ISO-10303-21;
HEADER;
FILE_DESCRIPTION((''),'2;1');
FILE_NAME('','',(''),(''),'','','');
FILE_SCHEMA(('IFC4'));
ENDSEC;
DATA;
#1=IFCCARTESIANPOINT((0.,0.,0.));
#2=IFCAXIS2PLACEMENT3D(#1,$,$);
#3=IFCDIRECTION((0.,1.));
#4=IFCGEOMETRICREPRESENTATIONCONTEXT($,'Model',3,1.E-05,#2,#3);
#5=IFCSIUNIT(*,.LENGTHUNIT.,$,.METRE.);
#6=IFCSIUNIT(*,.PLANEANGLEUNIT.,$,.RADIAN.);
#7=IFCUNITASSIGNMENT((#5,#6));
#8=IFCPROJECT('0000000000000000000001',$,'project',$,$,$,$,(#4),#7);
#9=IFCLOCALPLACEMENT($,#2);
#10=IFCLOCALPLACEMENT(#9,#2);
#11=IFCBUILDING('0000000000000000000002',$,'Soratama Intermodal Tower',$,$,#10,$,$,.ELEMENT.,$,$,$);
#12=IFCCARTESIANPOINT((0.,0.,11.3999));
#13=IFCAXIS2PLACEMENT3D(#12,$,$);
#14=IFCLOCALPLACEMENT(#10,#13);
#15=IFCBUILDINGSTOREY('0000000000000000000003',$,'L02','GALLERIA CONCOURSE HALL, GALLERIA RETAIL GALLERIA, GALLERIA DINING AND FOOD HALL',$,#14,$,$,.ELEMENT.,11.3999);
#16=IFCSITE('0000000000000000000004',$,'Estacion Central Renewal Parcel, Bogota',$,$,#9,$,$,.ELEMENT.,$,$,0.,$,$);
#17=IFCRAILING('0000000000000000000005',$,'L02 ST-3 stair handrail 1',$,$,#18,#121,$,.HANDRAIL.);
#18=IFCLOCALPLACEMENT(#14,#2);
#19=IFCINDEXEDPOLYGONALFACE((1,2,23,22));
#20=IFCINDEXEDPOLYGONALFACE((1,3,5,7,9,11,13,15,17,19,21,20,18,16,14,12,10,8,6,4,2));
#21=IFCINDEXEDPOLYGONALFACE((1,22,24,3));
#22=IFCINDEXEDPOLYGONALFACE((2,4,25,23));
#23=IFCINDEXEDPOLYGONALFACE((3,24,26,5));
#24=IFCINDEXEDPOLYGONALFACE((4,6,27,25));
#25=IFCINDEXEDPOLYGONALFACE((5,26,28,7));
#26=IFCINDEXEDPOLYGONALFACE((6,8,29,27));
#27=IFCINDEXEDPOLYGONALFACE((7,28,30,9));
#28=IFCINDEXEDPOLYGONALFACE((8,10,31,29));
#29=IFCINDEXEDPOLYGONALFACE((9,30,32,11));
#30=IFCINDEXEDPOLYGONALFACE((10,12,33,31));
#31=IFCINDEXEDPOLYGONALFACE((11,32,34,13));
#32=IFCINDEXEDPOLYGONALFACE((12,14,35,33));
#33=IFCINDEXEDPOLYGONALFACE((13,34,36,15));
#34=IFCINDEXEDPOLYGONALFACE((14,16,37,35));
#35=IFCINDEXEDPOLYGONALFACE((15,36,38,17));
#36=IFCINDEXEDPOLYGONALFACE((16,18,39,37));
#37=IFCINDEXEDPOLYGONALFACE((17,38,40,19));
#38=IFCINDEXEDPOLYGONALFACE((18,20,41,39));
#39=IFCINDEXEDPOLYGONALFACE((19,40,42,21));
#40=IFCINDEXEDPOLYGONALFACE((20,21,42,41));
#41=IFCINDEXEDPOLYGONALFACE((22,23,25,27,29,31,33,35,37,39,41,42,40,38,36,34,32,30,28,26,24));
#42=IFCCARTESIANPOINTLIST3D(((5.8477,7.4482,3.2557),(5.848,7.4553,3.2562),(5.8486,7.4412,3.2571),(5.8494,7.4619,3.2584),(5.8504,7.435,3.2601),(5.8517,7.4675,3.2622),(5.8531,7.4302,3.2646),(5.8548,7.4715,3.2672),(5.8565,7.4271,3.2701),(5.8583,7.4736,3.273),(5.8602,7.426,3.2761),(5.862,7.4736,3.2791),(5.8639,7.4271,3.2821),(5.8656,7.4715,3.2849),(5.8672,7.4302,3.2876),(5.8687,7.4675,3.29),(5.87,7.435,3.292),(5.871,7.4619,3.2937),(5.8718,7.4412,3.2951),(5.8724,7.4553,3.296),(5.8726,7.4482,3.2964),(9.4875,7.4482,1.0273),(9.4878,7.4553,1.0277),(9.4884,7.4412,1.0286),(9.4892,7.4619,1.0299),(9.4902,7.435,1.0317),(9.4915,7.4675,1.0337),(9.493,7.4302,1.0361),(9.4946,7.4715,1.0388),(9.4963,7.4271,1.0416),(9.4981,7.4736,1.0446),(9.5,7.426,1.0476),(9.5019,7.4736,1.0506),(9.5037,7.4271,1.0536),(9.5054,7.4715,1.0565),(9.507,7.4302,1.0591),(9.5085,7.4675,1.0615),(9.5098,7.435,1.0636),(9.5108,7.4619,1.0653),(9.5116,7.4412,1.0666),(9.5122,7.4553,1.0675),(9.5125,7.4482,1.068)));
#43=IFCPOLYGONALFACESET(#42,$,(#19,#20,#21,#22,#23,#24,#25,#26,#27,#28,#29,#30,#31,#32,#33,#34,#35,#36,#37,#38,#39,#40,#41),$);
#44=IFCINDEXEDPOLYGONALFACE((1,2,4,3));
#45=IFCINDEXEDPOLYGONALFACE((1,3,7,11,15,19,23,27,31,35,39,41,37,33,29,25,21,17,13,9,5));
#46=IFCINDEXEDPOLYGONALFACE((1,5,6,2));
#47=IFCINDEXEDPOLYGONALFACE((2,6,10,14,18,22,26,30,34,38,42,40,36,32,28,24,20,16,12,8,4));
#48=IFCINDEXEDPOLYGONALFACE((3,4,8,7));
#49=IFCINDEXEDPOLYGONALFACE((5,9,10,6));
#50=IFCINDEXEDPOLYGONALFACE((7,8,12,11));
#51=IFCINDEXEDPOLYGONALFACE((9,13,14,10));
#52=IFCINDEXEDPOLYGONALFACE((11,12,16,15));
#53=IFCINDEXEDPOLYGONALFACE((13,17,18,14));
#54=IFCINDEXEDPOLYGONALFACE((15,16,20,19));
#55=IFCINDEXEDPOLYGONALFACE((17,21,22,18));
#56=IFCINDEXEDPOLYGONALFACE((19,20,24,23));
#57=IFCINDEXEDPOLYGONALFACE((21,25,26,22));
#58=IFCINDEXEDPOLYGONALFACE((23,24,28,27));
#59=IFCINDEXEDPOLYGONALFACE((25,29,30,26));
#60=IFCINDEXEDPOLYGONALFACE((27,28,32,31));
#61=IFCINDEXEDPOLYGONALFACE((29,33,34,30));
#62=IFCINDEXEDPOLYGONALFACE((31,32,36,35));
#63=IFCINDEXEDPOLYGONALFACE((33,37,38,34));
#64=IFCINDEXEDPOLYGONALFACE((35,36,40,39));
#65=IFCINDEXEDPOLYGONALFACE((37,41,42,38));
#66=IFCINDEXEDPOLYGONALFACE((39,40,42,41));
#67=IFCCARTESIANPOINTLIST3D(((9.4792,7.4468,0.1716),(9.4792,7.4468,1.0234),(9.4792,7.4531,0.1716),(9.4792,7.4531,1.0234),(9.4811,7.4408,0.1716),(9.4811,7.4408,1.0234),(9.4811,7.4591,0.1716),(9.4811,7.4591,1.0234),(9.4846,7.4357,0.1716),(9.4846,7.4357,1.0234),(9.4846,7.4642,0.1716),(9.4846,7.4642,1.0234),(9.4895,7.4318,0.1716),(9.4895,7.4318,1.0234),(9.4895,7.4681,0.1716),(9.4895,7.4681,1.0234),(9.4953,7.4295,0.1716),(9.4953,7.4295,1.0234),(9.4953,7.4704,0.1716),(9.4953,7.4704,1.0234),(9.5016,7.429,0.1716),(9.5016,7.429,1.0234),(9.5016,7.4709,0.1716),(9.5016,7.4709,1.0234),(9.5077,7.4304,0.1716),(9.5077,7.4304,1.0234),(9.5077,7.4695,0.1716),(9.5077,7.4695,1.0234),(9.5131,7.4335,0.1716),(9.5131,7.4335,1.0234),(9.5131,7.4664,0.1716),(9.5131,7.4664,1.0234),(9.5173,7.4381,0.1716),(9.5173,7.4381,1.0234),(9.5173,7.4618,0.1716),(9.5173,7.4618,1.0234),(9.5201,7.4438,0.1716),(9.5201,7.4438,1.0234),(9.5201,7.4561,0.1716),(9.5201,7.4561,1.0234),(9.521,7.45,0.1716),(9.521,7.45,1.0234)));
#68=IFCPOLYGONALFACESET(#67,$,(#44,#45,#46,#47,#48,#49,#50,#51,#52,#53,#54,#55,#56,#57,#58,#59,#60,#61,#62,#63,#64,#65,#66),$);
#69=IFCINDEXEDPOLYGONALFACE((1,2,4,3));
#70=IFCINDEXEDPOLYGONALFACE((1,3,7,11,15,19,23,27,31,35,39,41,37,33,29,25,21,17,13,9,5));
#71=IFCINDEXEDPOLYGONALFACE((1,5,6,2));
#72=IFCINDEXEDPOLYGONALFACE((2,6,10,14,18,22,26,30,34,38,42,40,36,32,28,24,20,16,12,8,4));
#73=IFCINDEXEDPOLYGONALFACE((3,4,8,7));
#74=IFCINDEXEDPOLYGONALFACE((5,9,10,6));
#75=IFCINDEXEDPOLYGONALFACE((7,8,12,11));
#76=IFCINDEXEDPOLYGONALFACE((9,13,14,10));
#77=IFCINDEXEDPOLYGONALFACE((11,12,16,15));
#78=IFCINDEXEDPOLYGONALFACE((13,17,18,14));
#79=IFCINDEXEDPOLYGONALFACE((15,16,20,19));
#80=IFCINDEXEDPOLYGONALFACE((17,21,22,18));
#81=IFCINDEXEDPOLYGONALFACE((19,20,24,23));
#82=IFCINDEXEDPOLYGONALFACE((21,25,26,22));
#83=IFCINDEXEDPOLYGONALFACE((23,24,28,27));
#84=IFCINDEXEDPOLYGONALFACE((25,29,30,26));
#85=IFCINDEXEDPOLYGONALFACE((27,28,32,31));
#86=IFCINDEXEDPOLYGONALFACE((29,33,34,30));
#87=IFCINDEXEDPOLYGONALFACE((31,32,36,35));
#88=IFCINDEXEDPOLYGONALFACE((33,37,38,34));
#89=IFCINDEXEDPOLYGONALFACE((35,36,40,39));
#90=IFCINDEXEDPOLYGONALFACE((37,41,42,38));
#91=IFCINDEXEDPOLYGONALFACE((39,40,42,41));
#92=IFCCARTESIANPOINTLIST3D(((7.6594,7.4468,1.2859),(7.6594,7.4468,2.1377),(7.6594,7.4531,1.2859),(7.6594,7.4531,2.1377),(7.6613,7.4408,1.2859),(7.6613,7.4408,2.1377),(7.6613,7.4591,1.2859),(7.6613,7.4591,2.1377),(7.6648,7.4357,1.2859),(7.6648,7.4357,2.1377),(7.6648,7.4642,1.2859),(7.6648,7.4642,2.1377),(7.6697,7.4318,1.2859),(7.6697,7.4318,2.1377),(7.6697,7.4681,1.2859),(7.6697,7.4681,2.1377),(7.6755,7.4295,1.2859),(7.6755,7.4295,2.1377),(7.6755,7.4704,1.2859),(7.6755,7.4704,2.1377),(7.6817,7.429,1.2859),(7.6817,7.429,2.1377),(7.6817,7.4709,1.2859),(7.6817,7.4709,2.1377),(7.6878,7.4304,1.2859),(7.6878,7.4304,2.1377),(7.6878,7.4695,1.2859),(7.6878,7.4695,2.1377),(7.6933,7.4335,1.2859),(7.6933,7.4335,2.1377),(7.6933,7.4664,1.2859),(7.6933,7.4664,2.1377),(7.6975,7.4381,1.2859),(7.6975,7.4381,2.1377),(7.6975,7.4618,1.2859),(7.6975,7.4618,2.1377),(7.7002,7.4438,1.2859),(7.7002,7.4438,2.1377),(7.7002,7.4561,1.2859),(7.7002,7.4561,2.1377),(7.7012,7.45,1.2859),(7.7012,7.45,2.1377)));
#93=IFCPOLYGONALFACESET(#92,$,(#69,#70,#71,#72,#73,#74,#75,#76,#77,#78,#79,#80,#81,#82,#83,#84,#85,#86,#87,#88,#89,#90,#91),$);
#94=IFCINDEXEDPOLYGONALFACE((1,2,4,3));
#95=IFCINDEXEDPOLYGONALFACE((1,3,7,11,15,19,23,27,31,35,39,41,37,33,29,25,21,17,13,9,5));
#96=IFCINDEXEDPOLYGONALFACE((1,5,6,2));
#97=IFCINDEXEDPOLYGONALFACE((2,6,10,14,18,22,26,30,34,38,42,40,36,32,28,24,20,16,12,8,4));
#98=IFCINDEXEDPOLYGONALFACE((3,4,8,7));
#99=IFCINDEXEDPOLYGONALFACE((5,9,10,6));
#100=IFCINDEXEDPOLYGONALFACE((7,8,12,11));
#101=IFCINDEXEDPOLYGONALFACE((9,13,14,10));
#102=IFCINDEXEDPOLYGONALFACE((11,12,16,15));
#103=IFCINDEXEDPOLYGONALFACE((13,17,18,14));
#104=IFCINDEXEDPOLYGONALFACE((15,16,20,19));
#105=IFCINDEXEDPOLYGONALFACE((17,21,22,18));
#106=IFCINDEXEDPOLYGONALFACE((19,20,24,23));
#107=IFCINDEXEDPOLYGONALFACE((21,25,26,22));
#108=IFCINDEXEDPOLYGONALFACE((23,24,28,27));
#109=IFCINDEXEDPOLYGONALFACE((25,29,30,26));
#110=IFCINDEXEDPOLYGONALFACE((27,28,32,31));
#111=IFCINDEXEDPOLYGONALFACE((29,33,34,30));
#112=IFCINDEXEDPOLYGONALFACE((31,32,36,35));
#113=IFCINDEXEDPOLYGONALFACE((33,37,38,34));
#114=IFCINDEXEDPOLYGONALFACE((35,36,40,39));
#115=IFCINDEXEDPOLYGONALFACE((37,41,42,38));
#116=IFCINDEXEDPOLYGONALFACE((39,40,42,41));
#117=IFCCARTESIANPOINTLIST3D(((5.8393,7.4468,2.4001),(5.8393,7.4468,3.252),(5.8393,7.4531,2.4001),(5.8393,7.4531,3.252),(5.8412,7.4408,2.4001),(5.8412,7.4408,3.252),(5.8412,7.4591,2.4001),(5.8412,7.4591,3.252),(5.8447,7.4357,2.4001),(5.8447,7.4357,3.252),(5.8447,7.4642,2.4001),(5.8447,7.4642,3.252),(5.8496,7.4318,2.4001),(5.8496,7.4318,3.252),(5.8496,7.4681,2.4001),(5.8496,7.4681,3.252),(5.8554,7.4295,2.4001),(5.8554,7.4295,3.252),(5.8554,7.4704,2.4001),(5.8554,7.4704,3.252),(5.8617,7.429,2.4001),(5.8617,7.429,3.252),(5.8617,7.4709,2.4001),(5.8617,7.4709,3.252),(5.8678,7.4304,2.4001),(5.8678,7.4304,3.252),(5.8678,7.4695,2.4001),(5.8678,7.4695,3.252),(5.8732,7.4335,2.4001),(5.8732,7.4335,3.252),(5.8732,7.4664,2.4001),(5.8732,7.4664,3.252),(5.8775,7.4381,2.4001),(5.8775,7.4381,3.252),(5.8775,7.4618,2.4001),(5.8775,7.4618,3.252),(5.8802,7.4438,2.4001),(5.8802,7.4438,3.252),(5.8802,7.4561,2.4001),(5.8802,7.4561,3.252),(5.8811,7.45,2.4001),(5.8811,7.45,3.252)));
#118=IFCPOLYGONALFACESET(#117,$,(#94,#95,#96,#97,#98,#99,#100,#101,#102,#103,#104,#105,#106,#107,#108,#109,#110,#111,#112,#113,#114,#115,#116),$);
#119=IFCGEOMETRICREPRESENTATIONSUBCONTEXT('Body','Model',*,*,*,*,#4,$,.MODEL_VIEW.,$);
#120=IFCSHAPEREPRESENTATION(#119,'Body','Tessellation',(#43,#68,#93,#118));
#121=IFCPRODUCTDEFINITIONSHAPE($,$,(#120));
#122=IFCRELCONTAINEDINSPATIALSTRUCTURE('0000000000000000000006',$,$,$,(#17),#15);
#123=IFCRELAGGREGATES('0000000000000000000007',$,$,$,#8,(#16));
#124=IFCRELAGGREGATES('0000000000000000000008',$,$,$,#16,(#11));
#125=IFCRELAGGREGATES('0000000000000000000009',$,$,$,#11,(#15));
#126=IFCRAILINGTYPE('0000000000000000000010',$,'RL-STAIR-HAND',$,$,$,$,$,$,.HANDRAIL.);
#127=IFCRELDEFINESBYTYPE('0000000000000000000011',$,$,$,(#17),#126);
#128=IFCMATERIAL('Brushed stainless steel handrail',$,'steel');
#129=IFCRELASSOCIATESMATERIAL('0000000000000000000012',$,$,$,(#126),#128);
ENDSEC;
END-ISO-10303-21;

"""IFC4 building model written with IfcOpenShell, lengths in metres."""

from ifc_helpers import new_model, si_unit, direction, frame, origin, origin_2d, place, context, subcontext, project, spatial, circle, extrude, material, type_object, element, save


model = new_model("IFC4")

# Units and contexts
model_context = context("Model", 3, precision=1e-05, world=origin(), true_north=direction((0.0, 1.0)))
body_context = subcontext(model_context, "Body", "Model", "MODEL_VIEW")
ifc_project = project(units=[si_unit("LENGTHUNIT", "METRE"), si_unit("PLANEANGLEUNIT", "RADIAN")], contexts=[model_context])

# Site, building, storey
site_placement = place(None, origin())
site = spatial("IfcSite", under=ifc_project, at=site_placement, Name="Estacion Central Renewal Parcel, Bogota", CompositionType="ELEMENT", RefElevation=0.0)
building_placement = place(site_placement, origin())
building = spatial("IfcBuilding", under=site, at=building_placement, Name="Soratama Intermodal Tower", CompositionType="ELEMENT")
storey_placement = place(building_placement, frame((0.0, 0.0, 11.3999)))
storey = spatial("IfcBuildingStorey", under=building, at=storey_placement, Name="L02", Description="GALLERIA CONCOURSE HALL, GALLERIA RETAIL GALLERIA, GALLERIA DINING AND FOOD HALL", CompositionType="ELEMENT", Elevation=11.3999)

# Railing
ifc_material_1 = material(Name="Brushed stainless steel handrail", Category="steel")
railing_type_1 = type_object("IfcRailingType", Name="RL-STAIR-HAND", PredefinedType="HANDRAIL", material=ifc_material_1)
railing_1_placement = place(storey_placement, frame((9.5, 7.45, 0.1716)))
element("IfcRailing", 1, at=railing_1_placement, inside=storey, type_object=railing_type_1, Name="L02 ST-3 stair handrail 1", PredefinedType="HANDRAIL", context=body_context, shape_type="SweptSolid", body=[
    extrude(circle(Radius=0.0239, at=origin_2d()), frame((0.0, 0.0, 0.876), z_axis=(-0.85285, 0.0, 0.522156), x_axis=(0.0, -1.0, 0.0)), (0.0, 0.0, 1.0), 4.2678),
    extrude(circle(Radius=0.021, at=origin_2d()), origin(), (0.0, 0.0, 1.0), 0.8518),
    extrude(circle(Radius=0.021, at=origin_2d()), frame((-1.8198, 0.0, 1.1143)), (0.0, 0.0, 1.0), 0.8518),
    extrude(circle(Radius=0.021, at=origin_2d()), frame((-3.6399, 0.0, 2.2285)), (0.0, 0.0, 1.0), 0.8518),
])

save(model, "model.ifc")
